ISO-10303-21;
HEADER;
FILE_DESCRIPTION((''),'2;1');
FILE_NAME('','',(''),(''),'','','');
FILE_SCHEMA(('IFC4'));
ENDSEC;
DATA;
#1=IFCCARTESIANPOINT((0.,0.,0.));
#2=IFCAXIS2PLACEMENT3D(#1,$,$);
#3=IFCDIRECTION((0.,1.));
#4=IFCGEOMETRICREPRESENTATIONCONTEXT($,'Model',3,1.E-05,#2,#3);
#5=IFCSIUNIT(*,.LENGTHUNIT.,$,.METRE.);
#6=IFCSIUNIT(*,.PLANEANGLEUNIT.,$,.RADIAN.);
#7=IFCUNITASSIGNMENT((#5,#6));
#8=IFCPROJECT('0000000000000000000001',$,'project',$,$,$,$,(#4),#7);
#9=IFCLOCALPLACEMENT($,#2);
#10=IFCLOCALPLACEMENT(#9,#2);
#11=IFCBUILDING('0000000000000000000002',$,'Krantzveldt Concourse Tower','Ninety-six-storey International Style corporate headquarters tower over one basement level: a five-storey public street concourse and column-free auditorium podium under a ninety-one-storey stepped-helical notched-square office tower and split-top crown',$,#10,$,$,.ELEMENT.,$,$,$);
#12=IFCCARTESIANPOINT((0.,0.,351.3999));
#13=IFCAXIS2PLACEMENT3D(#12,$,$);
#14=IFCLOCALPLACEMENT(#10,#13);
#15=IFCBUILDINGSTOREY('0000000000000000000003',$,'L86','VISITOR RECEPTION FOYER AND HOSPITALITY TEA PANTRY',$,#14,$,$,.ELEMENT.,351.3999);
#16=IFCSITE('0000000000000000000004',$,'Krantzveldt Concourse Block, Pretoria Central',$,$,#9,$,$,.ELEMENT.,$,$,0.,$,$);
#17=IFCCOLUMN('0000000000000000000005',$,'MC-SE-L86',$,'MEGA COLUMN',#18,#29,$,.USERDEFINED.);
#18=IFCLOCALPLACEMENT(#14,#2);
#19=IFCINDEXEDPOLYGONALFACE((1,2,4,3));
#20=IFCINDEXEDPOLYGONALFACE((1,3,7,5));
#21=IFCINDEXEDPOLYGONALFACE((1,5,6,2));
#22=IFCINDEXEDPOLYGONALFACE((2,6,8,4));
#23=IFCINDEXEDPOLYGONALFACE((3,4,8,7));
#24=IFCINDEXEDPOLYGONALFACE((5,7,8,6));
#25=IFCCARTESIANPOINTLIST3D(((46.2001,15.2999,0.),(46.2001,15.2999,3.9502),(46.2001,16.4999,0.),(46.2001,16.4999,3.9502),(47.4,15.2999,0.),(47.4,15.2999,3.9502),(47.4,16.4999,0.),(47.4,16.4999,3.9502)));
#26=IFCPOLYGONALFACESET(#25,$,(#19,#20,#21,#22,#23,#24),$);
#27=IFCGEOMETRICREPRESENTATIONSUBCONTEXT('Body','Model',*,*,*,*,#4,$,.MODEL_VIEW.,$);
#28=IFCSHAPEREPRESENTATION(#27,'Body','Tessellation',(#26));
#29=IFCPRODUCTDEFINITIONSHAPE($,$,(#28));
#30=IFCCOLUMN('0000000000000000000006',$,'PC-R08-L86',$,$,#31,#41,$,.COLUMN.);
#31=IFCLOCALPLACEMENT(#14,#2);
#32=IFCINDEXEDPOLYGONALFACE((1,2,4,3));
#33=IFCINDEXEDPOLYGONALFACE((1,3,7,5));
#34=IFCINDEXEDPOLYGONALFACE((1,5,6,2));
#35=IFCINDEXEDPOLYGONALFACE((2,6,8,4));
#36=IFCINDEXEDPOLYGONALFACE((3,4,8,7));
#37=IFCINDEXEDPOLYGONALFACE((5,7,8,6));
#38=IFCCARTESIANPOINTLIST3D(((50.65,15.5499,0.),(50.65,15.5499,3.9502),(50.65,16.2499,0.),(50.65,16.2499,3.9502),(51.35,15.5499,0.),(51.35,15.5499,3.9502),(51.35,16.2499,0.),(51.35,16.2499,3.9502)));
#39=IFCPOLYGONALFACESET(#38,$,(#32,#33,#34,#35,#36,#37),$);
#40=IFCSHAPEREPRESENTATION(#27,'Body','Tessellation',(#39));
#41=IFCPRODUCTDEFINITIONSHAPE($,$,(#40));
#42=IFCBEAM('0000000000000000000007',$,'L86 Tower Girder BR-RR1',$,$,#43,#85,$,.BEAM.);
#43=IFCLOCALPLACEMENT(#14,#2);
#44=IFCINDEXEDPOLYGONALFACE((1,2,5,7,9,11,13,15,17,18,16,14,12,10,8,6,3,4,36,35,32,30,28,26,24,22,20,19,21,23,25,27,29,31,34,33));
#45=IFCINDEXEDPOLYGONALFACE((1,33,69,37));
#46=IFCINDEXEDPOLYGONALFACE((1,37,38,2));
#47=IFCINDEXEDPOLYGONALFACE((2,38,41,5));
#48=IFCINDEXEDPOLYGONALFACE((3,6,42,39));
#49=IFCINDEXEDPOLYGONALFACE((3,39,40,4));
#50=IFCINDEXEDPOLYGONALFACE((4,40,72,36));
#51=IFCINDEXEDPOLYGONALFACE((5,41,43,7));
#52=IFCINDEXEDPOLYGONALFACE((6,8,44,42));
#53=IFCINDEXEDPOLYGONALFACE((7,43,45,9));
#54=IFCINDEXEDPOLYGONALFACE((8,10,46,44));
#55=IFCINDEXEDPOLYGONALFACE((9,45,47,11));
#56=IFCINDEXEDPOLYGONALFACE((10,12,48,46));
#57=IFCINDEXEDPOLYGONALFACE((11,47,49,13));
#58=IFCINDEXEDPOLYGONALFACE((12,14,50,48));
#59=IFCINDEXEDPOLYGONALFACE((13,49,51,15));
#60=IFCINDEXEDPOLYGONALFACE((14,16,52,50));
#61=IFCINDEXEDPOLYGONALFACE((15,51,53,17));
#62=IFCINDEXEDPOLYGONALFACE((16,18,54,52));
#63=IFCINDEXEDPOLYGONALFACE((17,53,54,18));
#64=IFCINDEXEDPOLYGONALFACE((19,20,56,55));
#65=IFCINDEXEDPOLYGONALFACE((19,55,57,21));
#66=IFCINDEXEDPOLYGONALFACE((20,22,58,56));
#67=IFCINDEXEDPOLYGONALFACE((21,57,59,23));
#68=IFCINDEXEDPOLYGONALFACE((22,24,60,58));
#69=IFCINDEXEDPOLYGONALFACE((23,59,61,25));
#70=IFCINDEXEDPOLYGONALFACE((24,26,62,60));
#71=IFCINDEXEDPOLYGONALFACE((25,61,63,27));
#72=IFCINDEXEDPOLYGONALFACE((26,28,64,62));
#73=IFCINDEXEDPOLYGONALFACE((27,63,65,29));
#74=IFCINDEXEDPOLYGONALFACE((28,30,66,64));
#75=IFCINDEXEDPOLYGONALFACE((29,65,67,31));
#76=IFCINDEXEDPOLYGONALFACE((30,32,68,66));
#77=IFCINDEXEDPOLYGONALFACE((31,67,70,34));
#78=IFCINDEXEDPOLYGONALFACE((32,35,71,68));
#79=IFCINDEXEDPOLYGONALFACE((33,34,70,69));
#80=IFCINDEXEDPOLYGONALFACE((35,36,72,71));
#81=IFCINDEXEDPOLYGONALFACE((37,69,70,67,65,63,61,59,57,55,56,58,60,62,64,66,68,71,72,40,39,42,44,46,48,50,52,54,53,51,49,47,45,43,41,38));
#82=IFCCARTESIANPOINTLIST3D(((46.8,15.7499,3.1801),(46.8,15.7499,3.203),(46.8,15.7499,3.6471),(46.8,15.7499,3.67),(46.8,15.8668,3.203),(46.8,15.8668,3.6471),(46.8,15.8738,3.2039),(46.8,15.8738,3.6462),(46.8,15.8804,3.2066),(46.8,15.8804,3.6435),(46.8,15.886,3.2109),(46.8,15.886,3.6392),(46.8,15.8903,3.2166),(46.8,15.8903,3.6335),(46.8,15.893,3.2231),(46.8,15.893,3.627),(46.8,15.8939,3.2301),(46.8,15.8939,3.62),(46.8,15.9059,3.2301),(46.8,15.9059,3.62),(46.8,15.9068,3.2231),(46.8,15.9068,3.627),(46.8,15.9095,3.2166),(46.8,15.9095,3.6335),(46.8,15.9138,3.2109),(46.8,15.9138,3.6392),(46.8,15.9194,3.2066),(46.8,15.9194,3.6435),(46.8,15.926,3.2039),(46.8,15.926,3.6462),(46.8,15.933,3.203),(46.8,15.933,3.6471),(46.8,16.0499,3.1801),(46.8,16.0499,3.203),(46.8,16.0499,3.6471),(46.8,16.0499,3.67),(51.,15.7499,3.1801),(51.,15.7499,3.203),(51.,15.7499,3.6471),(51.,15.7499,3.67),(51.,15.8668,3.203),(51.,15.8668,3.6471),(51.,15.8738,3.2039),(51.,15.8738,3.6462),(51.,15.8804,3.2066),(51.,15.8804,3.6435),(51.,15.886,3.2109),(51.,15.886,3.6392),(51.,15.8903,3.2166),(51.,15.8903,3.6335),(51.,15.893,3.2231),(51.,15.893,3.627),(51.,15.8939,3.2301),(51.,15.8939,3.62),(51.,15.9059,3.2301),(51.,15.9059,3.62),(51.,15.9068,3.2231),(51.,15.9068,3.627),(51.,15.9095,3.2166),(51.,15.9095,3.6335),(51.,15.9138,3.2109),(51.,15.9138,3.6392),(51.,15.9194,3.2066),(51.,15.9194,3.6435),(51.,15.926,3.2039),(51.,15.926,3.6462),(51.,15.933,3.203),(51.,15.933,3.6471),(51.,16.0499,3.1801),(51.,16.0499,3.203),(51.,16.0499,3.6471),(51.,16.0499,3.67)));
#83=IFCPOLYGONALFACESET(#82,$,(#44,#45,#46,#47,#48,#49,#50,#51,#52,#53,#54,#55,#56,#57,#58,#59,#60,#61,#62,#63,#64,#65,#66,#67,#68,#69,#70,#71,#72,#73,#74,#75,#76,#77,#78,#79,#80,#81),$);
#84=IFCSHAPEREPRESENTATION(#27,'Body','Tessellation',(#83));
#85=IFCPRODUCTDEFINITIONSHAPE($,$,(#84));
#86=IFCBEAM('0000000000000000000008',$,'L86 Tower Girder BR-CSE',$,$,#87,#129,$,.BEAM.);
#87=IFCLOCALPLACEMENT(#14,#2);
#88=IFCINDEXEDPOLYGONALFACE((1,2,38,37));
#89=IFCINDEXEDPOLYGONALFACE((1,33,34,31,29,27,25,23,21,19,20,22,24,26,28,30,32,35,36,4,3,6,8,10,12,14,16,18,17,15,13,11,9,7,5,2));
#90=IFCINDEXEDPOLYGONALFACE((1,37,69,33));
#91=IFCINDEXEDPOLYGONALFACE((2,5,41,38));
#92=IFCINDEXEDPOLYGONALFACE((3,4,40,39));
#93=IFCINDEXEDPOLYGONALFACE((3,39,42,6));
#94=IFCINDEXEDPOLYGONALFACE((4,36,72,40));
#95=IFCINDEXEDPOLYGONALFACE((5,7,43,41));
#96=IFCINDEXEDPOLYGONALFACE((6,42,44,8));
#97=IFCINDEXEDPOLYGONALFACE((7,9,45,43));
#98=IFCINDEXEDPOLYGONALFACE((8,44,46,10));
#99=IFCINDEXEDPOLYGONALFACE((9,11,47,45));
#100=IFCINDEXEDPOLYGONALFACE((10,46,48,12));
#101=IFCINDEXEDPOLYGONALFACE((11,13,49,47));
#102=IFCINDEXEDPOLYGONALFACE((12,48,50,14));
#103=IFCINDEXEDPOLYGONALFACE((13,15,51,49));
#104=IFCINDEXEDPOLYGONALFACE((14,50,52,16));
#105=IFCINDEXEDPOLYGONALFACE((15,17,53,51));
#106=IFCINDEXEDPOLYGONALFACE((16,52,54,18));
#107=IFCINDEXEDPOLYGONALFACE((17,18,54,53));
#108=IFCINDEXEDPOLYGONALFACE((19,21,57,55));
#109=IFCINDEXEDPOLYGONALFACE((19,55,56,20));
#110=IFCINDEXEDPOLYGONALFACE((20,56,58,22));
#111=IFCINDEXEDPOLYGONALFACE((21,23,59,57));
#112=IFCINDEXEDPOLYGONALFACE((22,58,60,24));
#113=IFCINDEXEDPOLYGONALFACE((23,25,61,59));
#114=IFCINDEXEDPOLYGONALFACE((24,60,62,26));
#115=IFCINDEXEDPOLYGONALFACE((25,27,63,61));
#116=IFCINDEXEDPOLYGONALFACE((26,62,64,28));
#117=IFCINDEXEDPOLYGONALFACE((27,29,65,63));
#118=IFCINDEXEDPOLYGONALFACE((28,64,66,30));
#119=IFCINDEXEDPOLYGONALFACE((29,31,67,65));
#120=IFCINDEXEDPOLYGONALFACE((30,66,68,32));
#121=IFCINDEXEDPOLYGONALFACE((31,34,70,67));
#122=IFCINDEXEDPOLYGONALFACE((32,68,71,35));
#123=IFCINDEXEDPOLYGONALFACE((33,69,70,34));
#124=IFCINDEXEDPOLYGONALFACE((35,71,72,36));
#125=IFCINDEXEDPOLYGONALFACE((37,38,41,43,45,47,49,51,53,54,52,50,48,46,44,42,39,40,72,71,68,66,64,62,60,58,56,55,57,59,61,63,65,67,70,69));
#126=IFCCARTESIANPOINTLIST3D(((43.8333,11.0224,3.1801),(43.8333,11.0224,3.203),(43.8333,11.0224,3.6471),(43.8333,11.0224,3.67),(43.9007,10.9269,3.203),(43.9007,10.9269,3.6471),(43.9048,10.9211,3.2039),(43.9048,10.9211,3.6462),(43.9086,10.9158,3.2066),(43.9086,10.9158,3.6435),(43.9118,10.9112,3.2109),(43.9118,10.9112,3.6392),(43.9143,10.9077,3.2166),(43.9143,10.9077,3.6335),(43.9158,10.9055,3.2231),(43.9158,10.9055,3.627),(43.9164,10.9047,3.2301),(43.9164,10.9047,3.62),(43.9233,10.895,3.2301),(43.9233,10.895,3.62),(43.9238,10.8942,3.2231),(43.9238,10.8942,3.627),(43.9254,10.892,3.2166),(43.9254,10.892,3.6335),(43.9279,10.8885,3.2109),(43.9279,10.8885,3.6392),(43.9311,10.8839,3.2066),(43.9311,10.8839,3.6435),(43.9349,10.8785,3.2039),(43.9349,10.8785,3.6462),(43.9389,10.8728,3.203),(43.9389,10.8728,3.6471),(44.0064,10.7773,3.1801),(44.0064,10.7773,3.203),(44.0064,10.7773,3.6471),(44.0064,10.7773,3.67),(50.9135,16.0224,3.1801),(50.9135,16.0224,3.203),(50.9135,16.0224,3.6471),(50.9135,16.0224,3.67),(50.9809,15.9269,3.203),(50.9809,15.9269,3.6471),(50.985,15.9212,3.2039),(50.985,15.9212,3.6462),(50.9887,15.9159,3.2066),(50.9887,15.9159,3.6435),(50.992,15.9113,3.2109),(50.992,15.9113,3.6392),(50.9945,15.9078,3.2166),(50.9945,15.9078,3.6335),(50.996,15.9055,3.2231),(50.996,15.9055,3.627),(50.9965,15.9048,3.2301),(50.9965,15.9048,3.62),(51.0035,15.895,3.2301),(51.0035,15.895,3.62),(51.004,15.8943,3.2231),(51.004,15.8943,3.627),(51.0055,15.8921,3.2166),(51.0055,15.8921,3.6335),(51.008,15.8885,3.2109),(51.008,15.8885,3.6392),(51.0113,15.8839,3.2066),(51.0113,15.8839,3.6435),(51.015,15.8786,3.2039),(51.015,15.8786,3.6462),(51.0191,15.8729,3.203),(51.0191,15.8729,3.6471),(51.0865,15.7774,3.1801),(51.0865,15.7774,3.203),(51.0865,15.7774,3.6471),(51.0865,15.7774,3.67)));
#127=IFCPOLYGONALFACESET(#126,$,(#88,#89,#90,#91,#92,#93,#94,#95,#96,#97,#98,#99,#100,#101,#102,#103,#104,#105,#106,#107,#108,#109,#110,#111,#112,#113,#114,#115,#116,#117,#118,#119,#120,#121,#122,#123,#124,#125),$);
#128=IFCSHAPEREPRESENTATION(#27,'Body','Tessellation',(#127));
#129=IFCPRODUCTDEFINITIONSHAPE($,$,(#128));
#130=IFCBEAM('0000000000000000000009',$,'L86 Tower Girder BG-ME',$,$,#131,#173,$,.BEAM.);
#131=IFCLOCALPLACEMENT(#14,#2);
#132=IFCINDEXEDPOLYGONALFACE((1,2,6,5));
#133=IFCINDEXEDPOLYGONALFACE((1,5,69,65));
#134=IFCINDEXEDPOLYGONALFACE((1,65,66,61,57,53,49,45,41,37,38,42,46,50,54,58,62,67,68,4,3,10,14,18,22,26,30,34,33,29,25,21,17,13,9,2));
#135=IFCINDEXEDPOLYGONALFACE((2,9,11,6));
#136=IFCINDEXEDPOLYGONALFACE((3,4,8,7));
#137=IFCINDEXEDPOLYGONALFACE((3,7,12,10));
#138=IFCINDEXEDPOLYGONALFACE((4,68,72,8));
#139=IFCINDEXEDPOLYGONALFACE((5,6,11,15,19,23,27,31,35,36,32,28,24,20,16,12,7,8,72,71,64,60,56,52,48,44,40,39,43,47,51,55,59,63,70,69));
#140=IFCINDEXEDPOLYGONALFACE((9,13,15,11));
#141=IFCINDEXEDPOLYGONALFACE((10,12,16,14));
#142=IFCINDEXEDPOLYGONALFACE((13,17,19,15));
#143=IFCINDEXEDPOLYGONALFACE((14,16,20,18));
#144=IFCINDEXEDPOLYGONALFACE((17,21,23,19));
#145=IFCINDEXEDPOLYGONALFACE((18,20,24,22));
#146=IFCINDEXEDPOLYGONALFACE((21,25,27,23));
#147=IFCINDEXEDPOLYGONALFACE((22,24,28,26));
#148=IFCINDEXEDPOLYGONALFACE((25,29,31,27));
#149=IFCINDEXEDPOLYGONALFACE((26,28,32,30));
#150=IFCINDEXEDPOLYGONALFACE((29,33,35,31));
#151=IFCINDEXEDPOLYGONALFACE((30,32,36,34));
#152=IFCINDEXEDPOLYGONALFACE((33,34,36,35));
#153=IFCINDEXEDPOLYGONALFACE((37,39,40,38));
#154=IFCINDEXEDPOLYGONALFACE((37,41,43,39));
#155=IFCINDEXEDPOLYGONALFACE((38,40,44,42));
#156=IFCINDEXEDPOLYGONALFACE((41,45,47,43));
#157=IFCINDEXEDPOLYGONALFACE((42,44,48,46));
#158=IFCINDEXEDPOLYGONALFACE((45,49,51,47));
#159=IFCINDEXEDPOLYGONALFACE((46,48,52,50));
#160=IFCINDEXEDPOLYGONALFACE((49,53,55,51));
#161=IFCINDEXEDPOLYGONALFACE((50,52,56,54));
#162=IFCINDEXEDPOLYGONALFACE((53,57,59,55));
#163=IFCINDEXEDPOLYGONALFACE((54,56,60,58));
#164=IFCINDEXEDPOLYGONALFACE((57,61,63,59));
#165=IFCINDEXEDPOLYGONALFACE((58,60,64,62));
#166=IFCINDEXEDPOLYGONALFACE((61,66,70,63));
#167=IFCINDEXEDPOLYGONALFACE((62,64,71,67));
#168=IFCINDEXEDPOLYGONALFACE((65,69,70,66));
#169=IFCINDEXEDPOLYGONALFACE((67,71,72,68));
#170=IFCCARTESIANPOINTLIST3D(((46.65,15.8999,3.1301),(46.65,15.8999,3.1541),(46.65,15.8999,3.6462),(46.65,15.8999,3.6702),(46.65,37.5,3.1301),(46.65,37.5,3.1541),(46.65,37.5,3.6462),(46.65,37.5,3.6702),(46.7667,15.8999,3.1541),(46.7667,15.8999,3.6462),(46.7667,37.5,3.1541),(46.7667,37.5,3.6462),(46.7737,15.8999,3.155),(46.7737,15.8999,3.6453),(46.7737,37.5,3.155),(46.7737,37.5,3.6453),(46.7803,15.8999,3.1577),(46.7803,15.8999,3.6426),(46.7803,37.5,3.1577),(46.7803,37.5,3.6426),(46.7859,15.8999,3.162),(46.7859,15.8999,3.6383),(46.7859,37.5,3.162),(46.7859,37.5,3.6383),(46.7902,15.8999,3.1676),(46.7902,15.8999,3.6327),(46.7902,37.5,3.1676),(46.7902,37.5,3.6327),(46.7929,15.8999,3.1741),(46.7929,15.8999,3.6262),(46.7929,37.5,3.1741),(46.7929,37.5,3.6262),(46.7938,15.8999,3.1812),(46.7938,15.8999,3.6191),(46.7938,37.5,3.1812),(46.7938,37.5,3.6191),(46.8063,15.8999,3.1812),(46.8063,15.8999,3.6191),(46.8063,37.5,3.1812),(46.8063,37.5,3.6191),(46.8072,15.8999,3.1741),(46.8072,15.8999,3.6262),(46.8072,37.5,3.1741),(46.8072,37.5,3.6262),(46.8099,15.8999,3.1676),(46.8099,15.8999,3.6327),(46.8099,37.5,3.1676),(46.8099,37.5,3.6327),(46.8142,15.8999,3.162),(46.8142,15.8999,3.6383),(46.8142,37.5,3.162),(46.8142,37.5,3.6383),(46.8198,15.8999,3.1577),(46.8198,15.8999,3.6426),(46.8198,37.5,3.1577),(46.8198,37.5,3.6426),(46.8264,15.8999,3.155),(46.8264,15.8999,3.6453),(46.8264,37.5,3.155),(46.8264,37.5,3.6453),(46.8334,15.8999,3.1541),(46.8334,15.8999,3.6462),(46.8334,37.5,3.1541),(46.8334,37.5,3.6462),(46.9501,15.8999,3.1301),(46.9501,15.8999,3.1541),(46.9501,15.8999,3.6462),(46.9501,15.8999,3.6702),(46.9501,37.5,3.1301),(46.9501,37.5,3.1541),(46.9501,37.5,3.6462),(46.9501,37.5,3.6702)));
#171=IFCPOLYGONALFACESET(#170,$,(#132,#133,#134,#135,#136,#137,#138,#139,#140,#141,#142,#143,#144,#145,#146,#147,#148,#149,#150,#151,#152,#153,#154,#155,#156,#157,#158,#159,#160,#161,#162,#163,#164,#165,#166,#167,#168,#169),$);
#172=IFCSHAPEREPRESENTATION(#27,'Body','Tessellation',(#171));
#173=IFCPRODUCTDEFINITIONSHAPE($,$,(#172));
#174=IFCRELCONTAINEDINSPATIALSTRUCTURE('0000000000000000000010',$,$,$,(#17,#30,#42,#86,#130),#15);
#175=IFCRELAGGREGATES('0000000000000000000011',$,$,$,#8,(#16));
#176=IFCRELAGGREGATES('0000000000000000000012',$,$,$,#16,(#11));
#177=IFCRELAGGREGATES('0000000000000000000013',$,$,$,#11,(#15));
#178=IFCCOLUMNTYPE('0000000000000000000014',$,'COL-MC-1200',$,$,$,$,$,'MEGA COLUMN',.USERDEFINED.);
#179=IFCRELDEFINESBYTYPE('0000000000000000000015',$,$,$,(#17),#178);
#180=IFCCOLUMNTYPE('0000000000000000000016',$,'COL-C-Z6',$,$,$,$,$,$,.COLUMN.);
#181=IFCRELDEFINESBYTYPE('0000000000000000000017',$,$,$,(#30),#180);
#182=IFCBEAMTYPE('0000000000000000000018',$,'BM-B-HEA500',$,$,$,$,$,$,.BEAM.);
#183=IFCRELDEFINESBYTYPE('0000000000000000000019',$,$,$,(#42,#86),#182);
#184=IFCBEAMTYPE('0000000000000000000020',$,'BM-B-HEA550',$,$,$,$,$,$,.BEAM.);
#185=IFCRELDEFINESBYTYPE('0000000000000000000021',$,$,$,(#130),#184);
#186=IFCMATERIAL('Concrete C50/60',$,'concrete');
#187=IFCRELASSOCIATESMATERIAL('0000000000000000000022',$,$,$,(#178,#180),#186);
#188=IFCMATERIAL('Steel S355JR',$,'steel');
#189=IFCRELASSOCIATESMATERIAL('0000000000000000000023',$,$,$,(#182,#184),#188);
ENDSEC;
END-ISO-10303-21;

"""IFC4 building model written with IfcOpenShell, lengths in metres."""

from ifc_helpers import new_model, si_unit, direction, frame, origin, origin_2d, place, context, subcontext, project, spatial, rectangle, i_section, extrude, source, transform, mapped, material, material_profile, profile_set, type_object, type_shapes, element, save


model = new_model("IFC4")

# Units and contexts
model_context = context("Model", 3, precision=1e-05, world=origin(), true_north=direction((0.0, 1.0)))
body_context = subcontext(model_context, "Body", "Model", "MODEL_VIEW")
ifc_project = project(units=[si_unit("LENGTHUNIT", "METRE"), si_unit("PLANEANGLEUNIT", "RADIAN")], contexts=[model_context])

# Site, building, storey
site_placement = place(None, origin())
site = spatial("IfcSite", under=ifc_project, at=site_placement, Name="Krantzveldt Concourse Block, Pretoria Central", CompositionType="ELEMENT", RefElevation=0.0)
building_placement = place(site_placement, origin())
building = spatial("IfcBuilding", under=site, at=building_placement, Name="Krantzveldt Concourse Tower", Description="Ninety-six-storey International Style corporate headquarters tower over one basement level: a five-storey public street concourse and column-free auditorium podium under a ninety-one-storey stepped-helical notched-square office tower and split-top crown", CompositionType="ELEMENT")
storey_placement = place(building_placement, frame((0.0, 0.0, 351.3999)))
storey = spatial("IfcBuildingStorey", under=building, at=storey_placement, Name="L86", Description="VISITOR RECEPTION FOYER AND HOSPITALITY TEA PANTRY", CompositionType="ELEMENT", Elevation=351.3999)

# Columns
ifc_material_1 = material(Name="Concrete C50/60", Category="concrete")
ifc_material_profile_1 = material_profile(ifc_material_1, rectangle(XDim=1.2, YDim=1.2, at=origin_2d()), Name="Concrete C50/60", Category="concrete")
ifc_profile_set_1 = profile_set([ifc_material_profile_1], Name="Concrete C50/60 - RC 1200x1200")
column_type_1 = type_object("IfcColumnType", Name="COL-MC-1200", ElementType="MEGA COLUMN", PredefinedType="USERDEFINED", material=ifc_profile_set_1)
shared_shape_1 = source(origin(), body_context, "Body", "SweptSolid", [
    extrude(rectangle(XDim=1.2, YDim=1.2, at=origin_2d()), origin(), (0.0, 0.0, 1.0), 3.9502),
])
type_shapes(column_type_1, [shared_shape_1])
column_1_placement = place(storey_placement, frame((46.8, 15.8999, 0.0), z_axis=(0.0, 0.0, 1.0), x_axis=(1.0, 0.0, 0.0)))
element("IfcColumn", 1, at=column_1_placement, inside=storey, type_object=column_type_1, Name="MC-SE-L86", ObjectType="MEGA COLUMN", PredefinedType="USERDEFINED", context=body_context, shape_type="MappedRepresentation", body=[
    mapped(shared_shape_1, transform((0.0, 0.0, 0.0), x_axis=(1.0, 0.0, 0.0), y_axis=(0.0, 1.0, 0.0), z_axis=(0.0, 0.0, 1.0), scale=1.0)),
])
ifc_material_profile_2 = material_profile(ifc_material_1, rectangle(XDim=0.7, YDim=0.7, at=origin_2d()), Name="Concrete C50/60", Category="concrete")
ifc_profile_set_2 = profile_set([ifc_material_profile_2], Name="Concrete C50/60 - RC 700x700")
column_type_2 = type_object("IfcColumnType", Name="COL-C-Z6", PredefinedType="COLUMN", material=ifc_profile_set_2)
shared_shape_2 = source(origin(), body_context, "Body", "SweptSolid", [
    extrude(rectangle(XDim=0.7, YDim=0.7, at=origin_2d()), origin(), (0.0, 0.0, 1.0), 3.9502),
])
type_shapes(column_type_2, [shared_shape_2])
column_2_placement = place(storey_placement, frame((51.0, 15.8999, 0.0), z_axis=(0.0, 0.0, 1.0), x_axis=(1.0, 0.0, 0.0)))
element("IfcColumn", 2, at=column_2_placement, inside=storey, type_object=column_type_2, Name="PC-R08-L86", PredefinedType="COLUMN", context=body_context, shape_type="MappedRepresentation", body=[
    mapped(shared_shape_2, transform((0.0, 0.0, 0.0), x_axis=(1.0, 0.0, 0.0), y_axis=(0.0, 1.0, 0.0), z_axis=(0.0, 0.0, 1.0), scale=1.0)),
])

# Beams
ifc_material_2 = material(Name="Steel S355JR", Category="steel")
ifc_material_profile_3 = material_profile(ifc_material_2, i_section(OverallWidth=0.3, OverallDepth=0.49, WebThickness=0.012, FlangeThickness=0.0229, FilletRadius=0.0271, at=origin_2d()), Name="Steel S355JR", Category="steel")
ifc_profile_set_3 = profile_set([ifc_material_profile_3], Name="Steel S355JR - HEA 500")
beam_type_1 = type_object("IfcBeamType", Name="BM-B-HEA500", PredefinedType="BEAM", material=ifc_profile_set_3)
shared_shape_3 = source(origin(), body_context, "Body", "SweptSolid", [
    extrude(i_section(OverallWidth=0.3, OverallDepth=0.49, WebThickness=0.012, FlangeThickness=0.0229, FilletRadius=0.0271, at=origin_2d()), origin(), (0.0, 0.0, 1.0), 4.2),
])
beam_1_placement = place(storey_placement, frame((46.8, 15.8999, 3.425), z_axis=(1.0, 0.0, 0.0), x_axis=(0.0, 1.0, 0.0)))
element("IfcBeam", 3, at=beam_1_placement, inside=storey, type_object=beam_type_1, Name="L86 Tower Girder BR-RR1", PredefinedType="BEAM", context=body_context, shape_type="MappedRepresentation", body=[
    mapped(shared_shape_3, transform((0.0, 0.0, 0.0), x_axis=(1.0, 0.0, 0.0), y_axis=(0.0, 1.0, 0.0), z_axis=(0.0, 0.0, 1.0), scale=1.0)),
])
shared_shape_4 = source(origin(), body_context, "Body", "SweptSolid", [
    extrude(i_section(OverallWidth=0.3, OverallDepth=0.49, WebThickness=0.012, FlangeThickness=0.0229, FilletRadius=0.0271, at=origin_2d()), origin(), (0.0, 0.0, 1.0), 8.6677),
])
type_shapes(beam_type_1, [shared_shape_3, shared_shape_4])
beam_2_placement = place(storey_placement, frame((51.0, 15.8999, 3.425), z_axis=(-0.816843, -0.57686, 0.0), x_axis=(0.57686, -0.816843, 0.0)))
element("IfcBeam", 4, at=beam_2_placement, inside=storey, type_object=beam_type_1, Name="L86 Tower Girder BR-CSE", PredefinedType="BEAM", context=body_context, shape_type="MappedRepresentation", body=[
    mapped(shared_shape_4, transform((0.0, 0.0, 0.0), x_axis=(1.0, 0.0, 0.0), y_axis=(0.0, 1.0, 0.0), z_axis=(0.0, 0.0, 1.0), scale=1.0)),
])
ifc_material_profile_4 = material_profile(ifc_material_2, i_section(OverallWidth=0.3, OverallDepth=0.54, WebThickness=0.0125, FlangeThickness=0.0239, FilletRadius=0.0271, at=origin_2d()), Name="Steel S355JR", Category="steel")
ifc_profile_set_4 = profile_set([ifc_material_profile_4], Name="Steel S355JR - HEA 550")
beam_type_2 = type_object("IfcBeamType", Name="BM-B-HEA550", PredefinedType="BEAM", material=ifc_profile_set_4)
shared_shape_5 = source(origin(), body_context, "Body", "SweptSolid", [
    extrude(i_section(OverallWidth=0.3, OverallDepth=0.54, WebThickness=0.0125, FlangeThickness=0.0239, FilletRadius=0.0271, at=origin_2d()), origin(), (0.0, 0.0, 1.0), 21.6001),
])
beam_3_placement = place(storey_placement, frame((46.8, 15.8999, 3.4001), z_axis=(0.0, 1.0, 0.0), x_axis=(-1.0, 0.0, 0.0)))
element("IfcBeam", 5, at=beam_3_placement, inside=storey, type_object=beam_type_2, Name="L86 Tower Girder BG-ME", PredefinedType="BEAM", context=body_context, shape_type="MappedRepresentation", body=[
    mapped(shared_shape_5, transform((0.0, 0.0, 0.0), x_axis=(1.0, 0.0, 0.0), y_axis=(0.0, 1.0, 0.0), z_axis=(0.0, 0.0, 1.0), scale=1.0)),
])

save(model, "model.ifc")
